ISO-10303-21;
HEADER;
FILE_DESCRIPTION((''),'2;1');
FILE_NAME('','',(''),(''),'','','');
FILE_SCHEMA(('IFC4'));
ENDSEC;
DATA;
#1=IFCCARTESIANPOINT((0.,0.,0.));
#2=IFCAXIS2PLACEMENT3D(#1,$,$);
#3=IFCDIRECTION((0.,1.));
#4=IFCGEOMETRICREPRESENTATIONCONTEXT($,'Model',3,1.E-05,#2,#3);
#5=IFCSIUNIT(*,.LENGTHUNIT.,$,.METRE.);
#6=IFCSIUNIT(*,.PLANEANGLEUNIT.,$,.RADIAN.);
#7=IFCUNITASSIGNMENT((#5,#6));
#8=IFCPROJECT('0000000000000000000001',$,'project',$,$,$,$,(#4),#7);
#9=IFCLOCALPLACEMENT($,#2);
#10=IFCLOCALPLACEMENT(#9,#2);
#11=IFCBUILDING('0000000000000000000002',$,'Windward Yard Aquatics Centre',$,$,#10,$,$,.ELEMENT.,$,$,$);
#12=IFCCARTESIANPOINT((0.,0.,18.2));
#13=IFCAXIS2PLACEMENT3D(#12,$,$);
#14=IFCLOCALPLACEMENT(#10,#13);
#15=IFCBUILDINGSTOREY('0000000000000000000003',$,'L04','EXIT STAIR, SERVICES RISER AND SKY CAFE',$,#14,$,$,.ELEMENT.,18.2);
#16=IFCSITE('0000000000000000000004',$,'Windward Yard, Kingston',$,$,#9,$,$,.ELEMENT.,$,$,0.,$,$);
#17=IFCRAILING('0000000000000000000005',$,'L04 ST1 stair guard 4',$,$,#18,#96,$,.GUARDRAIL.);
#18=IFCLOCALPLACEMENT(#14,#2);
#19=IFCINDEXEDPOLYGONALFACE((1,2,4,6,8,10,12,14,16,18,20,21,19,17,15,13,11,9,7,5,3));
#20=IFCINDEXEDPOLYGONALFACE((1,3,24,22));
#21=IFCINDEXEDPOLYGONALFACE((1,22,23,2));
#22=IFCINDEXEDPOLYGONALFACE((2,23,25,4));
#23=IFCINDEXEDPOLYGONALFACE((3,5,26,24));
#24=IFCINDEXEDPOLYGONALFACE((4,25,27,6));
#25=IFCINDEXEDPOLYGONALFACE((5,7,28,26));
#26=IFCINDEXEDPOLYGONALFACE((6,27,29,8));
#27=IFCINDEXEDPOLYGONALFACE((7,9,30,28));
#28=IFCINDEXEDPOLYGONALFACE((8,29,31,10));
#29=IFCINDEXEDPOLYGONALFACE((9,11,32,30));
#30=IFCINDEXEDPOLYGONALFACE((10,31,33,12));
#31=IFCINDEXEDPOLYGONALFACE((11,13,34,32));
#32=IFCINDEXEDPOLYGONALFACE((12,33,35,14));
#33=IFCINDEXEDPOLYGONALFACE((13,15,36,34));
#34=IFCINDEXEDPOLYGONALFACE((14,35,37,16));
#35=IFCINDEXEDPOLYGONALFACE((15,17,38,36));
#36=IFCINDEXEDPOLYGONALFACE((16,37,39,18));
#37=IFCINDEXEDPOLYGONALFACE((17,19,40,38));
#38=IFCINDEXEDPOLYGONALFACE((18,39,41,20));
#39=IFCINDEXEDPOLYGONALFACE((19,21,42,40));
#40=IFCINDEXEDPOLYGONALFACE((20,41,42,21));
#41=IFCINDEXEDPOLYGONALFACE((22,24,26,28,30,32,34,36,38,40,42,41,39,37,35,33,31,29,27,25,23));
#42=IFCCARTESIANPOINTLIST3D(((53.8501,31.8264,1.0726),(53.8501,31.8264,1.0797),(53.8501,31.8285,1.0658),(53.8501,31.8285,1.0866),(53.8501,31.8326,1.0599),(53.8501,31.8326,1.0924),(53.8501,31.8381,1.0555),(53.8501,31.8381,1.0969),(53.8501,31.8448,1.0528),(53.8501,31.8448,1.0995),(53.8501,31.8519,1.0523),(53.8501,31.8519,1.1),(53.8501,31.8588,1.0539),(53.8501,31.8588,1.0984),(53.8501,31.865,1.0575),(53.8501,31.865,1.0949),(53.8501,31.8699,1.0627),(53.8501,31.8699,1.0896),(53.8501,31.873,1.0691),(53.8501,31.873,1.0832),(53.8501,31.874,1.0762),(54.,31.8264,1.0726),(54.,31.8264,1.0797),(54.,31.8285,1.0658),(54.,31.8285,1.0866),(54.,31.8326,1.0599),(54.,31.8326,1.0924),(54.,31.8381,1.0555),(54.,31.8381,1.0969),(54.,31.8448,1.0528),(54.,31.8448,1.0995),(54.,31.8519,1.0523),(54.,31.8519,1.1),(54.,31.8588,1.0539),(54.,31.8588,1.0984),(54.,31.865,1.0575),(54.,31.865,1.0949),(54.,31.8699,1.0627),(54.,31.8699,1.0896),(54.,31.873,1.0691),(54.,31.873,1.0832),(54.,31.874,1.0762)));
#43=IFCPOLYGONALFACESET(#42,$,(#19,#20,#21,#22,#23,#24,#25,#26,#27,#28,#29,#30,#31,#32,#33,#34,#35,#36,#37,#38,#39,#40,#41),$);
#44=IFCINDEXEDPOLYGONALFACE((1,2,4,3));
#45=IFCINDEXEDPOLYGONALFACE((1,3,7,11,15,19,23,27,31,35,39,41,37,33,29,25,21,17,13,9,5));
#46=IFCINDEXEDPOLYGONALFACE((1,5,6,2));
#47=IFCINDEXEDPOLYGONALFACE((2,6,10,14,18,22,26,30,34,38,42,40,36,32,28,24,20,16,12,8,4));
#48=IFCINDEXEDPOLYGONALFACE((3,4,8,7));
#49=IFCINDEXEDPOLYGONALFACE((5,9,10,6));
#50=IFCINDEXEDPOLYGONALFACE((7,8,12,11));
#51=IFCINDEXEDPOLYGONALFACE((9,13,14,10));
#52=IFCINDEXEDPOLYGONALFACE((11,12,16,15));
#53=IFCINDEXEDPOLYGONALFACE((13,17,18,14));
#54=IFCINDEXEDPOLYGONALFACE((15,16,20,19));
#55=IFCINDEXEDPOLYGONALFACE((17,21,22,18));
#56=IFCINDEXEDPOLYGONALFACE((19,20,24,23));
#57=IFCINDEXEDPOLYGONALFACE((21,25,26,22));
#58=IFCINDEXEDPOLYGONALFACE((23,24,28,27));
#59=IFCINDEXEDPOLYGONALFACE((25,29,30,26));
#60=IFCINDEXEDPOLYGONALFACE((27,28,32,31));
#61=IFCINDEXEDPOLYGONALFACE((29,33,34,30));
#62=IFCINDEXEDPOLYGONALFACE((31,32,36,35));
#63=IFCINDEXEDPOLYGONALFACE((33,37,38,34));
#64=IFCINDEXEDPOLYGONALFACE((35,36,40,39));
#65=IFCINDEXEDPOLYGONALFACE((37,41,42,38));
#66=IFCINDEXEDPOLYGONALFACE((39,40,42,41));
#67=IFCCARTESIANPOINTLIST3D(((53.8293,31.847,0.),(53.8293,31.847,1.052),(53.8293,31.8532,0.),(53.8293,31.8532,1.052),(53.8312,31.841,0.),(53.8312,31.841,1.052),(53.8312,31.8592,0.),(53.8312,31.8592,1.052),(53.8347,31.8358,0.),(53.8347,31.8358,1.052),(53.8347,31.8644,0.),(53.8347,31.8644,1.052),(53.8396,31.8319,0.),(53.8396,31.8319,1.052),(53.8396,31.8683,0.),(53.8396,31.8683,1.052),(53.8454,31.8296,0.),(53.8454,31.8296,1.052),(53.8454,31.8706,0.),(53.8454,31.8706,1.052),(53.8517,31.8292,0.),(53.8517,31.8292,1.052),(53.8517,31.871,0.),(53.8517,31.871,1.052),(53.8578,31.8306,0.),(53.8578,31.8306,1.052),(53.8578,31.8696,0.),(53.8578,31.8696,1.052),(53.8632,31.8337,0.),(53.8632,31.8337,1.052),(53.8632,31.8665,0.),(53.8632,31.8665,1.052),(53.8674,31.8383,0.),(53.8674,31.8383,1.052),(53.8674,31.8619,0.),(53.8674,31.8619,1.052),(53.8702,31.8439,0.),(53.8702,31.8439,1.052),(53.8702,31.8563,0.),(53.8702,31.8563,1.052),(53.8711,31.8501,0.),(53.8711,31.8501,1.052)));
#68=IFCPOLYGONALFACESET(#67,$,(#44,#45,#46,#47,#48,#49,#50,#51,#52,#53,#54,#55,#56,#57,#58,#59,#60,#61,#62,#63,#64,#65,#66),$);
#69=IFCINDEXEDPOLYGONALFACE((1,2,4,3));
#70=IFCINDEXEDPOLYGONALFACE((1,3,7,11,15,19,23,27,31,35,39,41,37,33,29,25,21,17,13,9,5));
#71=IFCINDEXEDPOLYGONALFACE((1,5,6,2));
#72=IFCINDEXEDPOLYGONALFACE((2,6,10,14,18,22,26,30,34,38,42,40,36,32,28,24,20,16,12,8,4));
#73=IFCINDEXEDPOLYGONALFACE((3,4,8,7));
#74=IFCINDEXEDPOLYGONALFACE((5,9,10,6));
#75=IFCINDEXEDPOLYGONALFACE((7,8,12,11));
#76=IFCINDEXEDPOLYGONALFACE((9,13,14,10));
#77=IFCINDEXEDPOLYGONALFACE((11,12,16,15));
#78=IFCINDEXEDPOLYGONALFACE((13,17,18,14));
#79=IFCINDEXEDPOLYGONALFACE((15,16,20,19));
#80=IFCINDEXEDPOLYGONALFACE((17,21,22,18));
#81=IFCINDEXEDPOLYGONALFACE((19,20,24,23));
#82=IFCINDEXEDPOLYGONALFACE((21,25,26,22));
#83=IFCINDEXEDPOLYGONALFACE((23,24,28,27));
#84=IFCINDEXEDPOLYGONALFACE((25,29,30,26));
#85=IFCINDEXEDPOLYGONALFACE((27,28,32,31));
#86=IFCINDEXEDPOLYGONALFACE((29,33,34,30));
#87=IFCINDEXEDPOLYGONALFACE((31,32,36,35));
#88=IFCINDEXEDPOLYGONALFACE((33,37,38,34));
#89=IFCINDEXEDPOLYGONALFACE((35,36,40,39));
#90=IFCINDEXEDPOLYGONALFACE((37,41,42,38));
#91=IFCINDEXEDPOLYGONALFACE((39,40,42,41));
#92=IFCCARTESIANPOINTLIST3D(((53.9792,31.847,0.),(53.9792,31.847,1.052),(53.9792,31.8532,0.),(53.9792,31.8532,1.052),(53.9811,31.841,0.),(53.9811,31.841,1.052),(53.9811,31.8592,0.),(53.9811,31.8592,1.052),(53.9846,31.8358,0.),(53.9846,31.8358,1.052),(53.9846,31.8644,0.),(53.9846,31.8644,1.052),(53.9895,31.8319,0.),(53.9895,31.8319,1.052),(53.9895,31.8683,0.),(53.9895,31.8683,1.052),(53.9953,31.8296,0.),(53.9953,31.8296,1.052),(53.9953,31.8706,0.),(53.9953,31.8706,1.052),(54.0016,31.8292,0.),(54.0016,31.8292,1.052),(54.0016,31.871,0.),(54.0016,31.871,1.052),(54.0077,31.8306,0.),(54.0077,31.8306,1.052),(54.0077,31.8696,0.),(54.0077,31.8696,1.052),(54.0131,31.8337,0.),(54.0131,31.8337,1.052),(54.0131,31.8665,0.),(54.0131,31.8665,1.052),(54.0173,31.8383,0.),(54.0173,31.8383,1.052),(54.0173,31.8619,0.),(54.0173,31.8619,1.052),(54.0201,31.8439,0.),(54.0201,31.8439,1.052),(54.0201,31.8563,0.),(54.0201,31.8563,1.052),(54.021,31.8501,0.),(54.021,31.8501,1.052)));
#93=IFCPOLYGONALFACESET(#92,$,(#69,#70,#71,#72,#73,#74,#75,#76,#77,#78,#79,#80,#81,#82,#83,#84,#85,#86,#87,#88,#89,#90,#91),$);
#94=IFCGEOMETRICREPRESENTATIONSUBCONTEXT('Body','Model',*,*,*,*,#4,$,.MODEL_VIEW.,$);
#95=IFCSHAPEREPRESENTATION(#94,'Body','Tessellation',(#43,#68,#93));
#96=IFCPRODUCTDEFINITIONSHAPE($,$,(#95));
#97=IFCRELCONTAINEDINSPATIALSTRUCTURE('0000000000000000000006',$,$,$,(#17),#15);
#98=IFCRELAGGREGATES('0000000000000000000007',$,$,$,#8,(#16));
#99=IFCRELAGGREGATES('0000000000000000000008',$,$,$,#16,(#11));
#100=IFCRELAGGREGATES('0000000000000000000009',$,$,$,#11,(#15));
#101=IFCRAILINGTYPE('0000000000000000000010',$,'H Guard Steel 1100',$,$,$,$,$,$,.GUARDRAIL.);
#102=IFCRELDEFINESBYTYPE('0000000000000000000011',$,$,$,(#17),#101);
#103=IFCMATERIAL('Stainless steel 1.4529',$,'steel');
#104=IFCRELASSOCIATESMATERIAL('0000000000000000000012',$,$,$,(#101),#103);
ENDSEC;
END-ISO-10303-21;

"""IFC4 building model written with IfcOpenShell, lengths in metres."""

from ifc_helpers import new_model, si_unit, direction, frame, origin, origin_2d, place, context, subcontext, project, spatial, circle, extrude, material, type_object, element, save


model = new_model("IFC4")

# Units and contexts
model_context = context("Model", 3, precision=1e-05, world=origin(), true_north=direction((0.0, 1.0)))
body_context = subcontext(model_context, "Body", "Model", "MODEL_VIEW")
ifc_project = project(units=[si_unit("LENGTHUNIT", "METRE"), si_unit("PLANEANGLEUNIT", "RADIAN")], contexts=[model_context])

# Site, building, storey
site_placement = place(None, origin())
site = spatial("IfcSite", under=ifc_project, at=site_placement, Name="Windward Yard, Kingston", CompositionType="ELEMENT", RefElevation=0.0)
building_placement = place(site_placement, origin())
building = spatial("IfcBuilding", under=site, at=building_placement, Name="Windward Yard Aquatics Centre", CompositionType="ELEMENT")
storey_placement = place(building_placement, frame((0.0, 0.0, 18.2)))
storey = spatial("IfcBuildingStorey", under=building, at=storey_placement, Name="L04", Description="EXIT STAIR, SERVICES RISER AND SKY CAFE", CompositionType="ELEMENT", Elevation=18.2)

# Railing
ifc_material_1 = material(Name="Stainless steel 1.4529", Category="steel")
railing_type_1 = type_object("IfcRailingType", Name="H Guard Steel 1100", PredefinedType="GUARDRAIL", material=ifc_material_1)
railing_1_placement = place(storey_placement, frame((53.8501, 31.8501, 0.0)))
element("IfcRailing", 1, at=railing_1_placement, inside=storey, type_object=railing_type_1, Name="L04 ST1 stair guard 4", PredefinedType="GUARDRAIL", context=body_context, shape_type="SweptSolid", body=[
    extrude(circle(Radius=0.0239, at=origin_2d()), frame((0.0, 0.0, 1.0762), z_axis=(1.0, 0.0, 0.0), x_axis=(0.0, 1.0, 0.0)), (0.0, 0.0, 1.0), 0.1499),
    extrude(circle(Radius=0.021, at=origin_2d()), origin(), (0.0, 0.0, 1.0), 1.052),
    extrude(circle(Radius=0.021, at=origin_2d()), frame((0.1499, 0.0, 0.0)), (0.0, 0.0, 1.0), 1.052),
])

save(model, "model.ifc")
